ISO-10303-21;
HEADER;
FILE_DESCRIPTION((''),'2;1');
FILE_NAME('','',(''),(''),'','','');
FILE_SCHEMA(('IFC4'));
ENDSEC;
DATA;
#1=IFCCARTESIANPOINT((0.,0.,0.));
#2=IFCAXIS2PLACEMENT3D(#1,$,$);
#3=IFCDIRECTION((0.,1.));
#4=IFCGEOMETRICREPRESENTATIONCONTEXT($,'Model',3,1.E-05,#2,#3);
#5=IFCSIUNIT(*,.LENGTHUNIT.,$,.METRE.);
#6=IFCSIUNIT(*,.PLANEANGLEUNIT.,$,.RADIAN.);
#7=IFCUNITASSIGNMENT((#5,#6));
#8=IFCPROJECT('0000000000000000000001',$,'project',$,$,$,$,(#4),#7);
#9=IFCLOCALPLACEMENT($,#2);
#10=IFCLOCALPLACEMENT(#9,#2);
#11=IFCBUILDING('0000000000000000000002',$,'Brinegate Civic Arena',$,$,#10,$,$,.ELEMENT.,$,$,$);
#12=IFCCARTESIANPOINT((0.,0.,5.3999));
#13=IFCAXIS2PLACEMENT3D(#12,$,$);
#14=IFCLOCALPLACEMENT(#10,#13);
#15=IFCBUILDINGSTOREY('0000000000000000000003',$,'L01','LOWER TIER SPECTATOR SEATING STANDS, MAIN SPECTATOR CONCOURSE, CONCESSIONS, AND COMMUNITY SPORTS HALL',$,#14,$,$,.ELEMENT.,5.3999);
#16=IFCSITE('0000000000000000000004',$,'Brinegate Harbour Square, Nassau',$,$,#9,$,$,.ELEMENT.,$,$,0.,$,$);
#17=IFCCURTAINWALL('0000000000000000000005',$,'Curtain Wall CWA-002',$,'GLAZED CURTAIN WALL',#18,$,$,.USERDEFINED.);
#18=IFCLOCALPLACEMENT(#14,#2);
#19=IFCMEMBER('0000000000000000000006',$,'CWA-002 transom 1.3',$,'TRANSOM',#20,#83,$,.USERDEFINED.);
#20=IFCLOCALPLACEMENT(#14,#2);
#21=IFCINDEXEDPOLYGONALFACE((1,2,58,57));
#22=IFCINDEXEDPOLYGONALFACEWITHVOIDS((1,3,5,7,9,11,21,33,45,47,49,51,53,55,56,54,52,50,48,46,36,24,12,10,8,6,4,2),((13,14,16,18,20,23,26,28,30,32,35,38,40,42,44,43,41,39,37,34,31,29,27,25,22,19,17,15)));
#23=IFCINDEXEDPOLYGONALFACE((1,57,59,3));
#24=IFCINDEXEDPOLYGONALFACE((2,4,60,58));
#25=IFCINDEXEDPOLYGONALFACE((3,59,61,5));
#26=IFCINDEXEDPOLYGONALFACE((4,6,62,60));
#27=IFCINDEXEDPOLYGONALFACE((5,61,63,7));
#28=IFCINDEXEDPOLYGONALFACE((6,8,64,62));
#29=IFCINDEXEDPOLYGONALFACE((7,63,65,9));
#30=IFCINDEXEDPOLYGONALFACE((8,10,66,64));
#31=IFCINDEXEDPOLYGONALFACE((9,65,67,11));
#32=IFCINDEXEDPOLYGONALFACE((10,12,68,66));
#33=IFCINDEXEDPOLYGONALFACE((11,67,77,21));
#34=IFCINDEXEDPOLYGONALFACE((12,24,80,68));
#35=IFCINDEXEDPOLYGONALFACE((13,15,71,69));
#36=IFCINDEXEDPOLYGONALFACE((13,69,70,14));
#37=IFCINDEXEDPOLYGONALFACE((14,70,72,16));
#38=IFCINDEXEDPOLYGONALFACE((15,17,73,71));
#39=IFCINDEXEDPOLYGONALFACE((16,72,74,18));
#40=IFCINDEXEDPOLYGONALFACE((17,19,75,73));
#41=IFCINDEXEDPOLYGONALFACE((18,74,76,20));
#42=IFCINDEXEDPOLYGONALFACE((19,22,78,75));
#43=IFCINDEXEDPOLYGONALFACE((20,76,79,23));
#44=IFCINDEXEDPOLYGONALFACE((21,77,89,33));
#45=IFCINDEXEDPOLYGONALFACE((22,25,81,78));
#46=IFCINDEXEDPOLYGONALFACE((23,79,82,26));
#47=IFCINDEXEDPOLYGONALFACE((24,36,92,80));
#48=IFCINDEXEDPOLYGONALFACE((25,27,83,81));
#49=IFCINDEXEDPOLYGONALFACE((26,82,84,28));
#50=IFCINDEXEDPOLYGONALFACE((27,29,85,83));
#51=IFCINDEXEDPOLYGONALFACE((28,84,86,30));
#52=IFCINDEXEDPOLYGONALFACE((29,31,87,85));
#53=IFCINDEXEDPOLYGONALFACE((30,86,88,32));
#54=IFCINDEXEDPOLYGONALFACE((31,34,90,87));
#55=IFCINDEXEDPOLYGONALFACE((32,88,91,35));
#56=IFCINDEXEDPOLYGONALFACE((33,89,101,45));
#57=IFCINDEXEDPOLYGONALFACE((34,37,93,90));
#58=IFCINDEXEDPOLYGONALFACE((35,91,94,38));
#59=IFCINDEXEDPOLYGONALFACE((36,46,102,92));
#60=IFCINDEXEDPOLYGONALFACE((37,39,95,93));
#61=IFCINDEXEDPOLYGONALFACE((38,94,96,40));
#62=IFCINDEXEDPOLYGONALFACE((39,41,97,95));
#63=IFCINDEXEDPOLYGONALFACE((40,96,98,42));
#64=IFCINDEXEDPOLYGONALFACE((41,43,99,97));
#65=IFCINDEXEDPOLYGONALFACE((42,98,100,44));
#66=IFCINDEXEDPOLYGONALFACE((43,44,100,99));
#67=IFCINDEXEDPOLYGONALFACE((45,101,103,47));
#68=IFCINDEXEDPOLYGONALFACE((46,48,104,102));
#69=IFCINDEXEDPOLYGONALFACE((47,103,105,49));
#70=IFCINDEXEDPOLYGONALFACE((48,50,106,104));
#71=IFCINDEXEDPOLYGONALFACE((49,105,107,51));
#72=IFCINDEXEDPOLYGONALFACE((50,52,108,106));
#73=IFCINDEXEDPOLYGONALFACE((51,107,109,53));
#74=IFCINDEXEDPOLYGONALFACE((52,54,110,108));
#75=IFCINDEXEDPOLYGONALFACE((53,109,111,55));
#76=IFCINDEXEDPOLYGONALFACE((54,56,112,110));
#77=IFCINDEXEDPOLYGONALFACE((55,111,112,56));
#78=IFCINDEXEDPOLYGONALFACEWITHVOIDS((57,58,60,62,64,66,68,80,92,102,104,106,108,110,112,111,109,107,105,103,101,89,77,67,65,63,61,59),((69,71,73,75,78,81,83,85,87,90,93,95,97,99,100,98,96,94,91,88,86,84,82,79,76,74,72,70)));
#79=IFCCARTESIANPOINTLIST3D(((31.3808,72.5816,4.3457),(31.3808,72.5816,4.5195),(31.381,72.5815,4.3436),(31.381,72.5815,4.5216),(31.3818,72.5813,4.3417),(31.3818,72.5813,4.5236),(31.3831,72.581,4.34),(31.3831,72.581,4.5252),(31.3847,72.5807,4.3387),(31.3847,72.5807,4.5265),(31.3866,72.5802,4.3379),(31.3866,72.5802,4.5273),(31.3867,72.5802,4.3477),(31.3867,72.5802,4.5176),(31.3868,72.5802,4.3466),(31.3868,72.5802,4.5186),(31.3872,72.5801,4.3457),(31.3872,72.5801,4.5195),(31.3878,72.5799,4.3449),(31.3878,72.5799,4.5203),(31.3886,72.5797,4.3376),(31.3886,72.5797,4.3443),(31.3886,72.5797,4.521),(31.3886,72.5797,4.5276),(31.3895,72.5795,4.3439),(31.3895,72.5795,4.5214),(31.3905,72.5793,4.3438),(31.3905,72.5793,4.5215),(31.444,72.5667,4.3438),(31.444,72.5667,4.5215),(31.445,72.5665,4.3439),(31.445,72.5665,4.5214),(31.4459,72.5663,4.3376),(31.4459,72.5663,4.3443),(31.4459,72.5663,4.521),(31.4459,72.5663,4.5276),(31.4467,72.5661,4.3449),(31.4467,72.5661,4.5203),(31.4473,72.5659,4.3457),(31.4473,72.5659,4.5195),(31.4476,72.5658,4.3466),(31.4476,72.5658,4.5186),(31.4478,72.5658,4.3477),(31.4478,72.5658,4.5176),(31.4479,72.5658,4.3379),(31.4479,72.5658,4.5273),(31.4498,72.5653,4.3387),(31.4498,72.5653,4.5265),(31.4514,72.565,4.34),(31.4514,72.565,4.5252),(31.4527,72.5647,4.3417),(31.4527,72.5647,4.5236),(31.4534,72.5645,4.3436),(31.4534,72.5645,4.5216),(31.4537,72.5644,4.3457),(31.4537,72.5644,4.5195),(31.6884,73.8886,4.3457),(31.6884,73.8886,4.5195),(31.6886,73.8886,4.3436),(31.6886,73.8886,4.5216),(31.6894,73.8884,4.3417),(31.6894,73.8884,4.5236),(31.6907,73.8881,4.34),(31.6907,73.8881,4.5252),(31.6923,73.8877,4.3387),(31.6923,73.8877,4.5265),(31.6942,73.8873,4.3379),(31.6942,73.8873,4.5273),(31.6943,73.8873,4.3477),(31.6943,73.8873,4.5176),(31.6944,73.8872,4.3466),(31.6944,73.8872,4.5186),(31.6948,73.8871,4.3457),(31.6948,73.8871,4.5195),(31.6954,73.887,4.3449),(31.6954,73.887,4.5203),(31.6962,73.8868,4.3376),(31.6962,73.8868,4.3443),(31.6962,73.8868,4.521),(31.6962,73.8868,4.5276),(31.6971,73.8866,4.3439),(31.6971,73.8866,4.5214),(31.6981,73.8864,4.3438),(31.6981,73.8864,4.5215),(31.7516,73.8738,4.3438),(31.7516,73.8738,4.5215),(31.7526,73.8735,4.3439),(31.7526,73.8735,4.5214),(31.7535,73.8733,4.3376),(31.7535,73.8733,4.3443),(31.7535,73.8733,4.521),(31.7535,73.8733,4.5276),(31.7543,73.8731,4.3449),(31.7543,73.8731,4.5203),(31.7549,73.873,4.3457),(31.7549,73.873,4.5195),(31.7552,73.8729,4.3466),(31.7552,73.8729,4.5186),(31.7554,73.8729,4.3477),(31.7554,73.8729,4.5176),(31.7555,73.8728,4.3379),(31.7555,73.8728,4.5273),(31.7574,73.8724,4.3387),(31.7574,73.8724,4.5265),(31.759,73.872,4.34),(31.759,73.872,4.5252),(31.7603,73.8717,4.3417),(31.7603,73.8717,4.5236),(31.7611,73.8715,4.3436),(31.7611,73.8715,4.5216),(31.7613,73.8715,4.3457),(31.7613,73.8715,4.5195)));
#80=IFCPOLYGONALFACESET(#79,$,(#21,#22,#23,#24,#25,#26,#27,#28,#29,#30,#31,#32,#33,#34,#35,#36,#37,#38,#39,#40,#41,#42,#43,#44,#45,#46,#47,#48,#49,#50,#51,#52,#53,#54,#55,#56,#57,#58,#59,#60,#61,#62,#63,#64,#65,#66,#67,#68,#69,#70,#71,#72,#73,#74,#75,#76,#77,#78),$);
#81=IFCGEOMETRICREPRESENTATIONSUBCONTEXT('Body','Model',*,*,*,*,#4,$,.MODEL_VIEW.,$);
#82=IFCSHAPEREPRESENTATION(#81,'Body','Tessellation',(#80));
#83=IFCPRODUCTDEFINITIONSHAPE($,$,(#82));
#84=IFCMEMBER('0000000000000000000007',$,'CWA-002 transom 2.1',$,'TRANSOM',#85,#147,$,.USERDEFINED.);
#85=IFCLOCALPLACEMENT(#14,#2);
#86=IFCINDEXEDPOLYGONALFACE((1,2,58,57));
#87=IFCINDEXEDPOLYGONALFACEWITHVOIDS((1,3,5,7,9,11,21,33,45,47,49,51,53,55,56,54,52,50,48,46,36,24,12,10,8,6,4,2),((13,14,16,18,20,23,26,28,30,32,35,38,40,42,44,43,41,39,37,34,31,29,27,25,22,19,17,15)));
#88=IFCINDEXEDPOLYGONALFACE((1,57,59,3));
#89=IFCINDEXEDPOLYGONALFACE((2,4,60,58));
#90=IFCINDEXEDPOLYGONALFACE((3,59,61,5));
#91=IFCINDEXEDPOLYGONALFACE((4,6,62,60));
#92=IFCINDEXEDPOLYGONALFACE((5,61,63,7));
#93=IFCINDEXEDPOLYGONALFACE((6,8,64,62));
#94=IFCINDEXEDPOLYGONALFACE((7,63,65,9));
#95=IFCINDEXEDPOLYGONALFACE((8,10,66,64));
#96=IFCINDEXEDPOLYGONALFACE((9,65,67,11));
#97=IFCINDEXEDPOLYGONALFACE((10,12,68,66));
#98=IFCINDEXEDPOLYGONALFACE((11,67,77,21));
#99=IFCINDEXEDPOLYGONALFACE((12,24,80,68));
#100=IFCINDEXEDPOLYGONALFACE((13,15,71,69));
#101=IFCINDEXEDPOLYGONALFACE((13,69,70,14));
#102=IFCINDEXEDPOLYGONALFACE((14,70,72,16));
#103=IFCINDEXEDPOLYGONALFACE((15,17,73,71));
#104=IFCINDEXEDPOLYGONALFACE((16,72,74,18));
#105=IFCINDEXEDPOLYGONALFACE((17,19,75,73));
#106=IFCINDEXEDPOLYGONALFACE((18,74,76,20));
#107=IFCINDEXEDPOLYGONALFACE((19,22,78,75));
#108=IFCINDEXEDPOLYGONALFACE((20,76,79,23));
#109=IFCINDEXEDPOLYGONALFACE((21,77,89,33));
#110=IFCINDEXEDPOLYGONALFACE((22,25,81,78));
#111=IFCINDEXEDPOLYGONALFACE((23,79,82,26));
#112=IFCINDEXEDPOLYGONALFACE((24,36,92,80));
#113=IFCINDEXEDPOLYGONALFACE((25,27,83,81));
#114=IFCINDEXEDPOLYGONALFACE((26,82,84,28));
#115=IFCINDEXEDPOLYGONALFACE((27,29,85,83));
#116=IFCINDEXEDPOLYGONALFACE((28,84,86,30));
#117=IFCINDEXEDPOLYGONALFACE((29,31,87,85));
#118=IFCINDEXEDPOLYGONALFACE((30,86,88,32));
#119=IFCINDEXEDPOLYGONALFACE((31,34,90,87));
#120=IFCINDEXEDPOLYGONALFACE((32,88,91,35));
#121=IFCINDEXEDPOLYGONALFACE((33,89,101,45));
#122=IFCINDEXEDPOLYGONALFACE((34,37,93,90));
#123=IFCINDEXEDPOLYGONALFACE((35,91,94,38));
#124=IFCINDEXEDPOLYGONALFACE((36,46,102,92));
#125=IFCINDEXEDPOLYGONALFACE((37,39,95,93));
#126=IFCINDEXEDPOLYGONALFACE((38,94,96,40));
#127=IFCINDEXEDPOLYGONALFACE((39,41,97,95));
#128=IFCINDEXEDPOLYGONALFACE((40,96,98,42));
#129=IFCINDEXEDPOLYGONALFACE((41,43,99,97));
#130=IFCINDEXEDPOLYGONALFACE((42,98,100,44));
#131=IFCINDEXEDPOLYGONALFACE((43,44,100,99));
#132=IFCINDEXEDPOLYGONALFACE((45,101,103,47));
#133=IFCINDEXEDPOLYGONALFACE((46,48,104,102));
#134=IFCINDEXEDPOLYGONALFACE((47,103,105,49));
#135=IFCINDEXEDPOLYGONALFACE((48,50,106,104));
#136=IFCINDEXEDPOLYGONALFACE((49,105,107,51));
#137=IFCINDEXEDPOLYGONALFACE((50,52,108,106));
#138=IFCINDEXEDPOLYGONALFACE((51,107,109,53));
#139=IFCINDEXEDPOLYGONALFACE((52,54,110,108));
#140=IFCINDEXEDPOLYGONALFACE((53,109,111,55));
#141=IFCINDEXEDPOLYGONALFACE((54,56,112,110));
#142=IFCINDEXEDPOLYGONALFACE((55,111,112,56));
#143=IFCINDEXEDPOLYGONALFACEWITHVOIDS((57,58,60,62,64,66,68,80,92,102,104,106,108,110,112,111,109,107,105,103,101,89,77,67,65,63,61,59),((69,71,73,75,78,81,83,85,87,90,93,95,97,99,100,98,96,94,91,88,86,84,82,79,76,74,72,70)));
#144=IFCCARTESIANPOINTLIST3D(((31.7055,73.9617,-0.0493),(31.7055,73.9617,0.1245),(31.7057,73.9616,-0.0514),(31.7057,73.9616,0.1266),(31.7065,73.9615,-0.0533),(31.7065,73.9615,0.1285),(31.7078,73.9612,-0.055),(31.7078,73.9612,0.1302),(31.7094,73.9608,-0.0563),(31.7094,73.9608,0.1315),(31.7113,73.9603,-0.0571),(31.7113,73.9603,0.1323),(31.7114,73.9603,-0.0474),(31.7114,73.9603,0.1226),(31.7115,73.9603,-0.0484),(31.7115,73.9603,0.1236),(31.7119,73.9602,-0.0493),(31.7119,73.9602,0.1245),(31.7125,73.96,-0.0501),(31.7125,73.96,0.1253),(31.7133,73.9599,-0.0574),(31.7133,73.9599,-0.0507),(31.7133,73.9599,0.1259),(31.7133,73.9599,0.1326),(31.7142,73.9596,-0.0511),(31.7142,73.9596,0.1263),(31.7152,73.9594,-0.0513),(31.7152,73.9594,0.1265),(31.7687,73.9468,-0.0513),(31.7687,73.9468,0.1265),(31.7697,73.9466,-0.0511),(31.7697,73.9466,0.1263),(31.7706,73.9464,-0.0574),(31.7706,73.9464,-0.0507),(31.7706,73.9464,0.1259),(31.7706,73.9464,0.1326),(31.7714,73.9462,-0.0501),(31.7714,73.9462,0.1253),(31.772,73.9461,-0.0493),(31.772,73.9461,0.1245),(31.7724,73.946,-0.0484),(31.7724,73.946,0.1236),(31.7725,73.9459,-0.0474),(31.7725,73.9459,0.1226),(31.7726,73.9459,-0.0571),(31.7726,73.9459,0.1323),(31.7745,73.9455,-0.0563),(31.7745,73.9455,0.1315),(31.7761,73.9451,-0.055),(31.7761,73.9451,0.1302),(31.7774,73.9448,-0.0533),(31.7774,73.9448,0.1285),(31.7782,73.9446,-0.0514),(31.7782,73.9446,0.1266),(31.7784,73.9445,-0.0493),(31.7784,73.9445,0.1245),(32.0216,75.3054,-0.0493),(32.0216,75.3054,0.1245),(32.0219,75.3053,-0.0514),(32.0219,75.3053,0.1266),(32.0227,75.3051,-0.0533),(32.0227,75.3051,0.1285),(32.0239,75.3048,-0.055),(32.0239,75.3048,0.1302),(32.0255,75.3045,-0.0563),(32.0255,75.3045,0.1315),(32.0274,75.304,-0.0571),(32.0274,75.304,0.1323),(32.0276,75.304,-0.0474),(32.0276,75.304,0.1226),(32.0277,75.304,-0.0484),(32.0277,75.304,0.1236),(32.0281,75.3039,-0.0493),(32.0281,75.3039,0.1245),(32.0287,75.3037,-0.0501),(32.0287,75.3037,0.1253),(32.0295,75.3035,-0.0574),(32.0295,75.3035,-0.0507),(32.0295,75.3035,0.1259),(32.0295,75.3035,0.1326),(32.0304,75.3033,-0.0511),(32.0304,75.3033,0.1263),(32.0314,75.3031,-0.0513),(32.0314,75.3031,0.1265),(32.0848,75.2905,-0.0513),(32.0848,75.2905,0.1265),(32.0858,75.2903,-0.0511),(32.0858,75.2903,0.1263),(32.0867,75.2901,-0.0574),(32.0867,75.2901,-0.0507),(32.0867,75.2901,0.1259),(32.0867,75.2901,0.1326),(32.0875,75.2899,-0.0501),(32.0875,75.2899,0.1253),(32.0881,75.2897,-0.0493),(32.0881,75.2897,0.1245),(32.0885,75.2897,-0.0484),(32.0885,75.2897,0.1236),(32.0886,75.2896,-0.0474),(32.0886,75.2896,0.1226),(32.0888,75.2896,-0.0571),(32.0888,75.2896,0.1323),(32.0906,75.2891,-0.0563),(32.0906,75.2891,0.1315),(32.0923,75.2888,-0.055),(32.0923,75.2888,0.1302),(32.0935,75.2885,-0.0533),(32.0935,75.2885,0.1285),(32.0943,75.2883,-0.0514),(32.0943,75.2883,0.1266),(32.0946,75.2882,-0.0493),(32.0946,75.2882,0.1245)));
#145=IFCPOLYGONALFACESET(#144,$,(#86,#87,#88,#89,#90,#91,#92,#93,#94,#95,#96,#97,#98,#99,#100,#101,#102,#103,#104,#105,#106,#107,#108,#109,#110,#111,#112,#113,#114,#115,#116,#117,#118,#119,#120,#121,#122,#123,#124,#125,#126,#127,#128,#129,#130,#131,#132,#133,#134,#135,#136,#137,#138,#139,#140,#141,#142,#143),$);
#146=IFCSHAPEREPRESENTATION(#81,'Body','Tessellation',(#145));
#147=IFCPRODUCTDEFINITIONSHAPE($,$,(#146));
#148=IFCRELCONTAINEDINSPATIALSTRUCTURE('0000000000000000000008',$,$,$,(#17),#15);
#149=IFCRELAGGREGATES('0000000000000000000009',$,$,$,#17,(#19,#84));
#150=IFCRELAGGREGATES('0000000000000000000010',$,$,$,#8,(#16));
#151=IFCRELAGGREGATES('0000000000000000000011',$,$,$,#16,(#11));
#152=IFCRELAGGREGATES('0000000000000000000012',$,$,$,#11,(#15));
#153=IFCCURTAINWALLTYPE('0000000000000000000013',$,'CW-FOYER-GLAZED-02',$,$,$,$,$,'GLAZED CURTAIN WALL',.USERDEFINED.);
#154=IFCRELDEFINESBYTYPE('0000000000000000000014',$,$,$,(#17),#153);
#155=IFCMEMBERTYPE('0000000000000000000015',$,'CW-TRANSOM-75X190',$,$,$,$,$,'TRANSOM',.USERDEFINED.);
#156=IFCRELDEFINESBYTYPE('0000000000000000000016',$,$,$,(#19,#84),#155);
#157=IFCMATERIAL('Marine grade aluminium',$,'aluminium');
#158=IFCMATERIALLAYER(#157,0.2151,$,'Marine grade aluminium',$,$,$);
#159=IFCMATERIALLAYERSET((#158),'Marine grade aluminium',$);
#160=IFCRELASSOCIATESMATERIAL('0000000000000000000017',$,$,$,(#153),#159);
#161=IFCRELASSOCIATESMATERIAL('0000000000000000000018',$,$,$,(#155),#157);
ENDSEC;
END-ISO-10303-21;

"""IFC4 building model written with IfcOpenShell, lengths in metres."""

from ifc_helpers import new_model, si_unit, direction, frame, origin, origin_2d, place, context, subcontext, project, spatial, hollow_rectangle, extrude, material, layer, layer_set, material_profile, profile_set, type_object, element, aggregate, save


model = new_model("IFC4")

# Units and contexts
model_context = context("Model", 3, precision=1e-05, world=origin(), true_north=direction((0.0, 1.0)))
body_context = subcontext(model_context, "Body", "Model", "MODEL_VIEW")
ifc_project = project(units=[si_unit("LENGTHUNIT", "METRE"), si_unit("PLANEANGLEUNIT", "RADIAN")], contexts=[model_context])

# Site, building, storey
site_placement = place(None, origin())
site = spatial("IfcSite", under=ifc_project, at=site_placement, Name="Brinegate Harbour Square, Nassau", CompositionType="ELEMENT", RefElevation=0.0)
building_placement = place(site_placement, origin())
building = spatial("IfcBuilding", under=site, at=building_placement, Name="Brinegate Civic Arena", CompositionType="ELEMENT")
storey_placement = place(building_placement, frame((0.0, 0.0, 5.3999)))
storey = spatial("IfcBuildingStorey", under=building, at=storey_placement, Name="L01", Description="LOWER TIER SPECTATOR SEATING STANDS, MAIN SPECTATOR CONCOURSE, CONCESSIONS, AND COMMUNITY SPORTS HALL", CompositionType="ELEMENT", Elevation=5.3999)

# Curtain wall, members
ifc_material_1 = material(Name="Marine grade aluminium", Category="aluminium")
ifc_layer_1 = layer(ifc_material_1, 0.2151, Name="Marine grade aluminium")
ifc_layer_set_1 = layer_set([ifc_layer_1], Name="Marine grade aluminium")
curtain_wall_type = type_object("IfcCurtainWallType", Name="CW-FOYER-GLAZED-02", ElementType="GLAZED CURTAIN WALL", PredefinedType="USERDEFINED", material=ifc_layer_set_1)
curtain_wall_placement = place(storey_placement, origin())
curtain_wall = element("IfcCurtainWall", 1, at=curtain_wall_placement, inside=storey, type_object=curtain_wall_type, Name="Curtain Wall CWA-002", ObjectType="GLAZED CURTAIN WALL", PredefinedType="USERDEFINED")
ifc_material_profile_1 = material_profile(ifc_material_1, hollow_rectangle(XDim=0.075, YDim=0.1899, WallThickness=0.0061, InnerFilletRadius=0.0039, OuterFilletRadius=0.0081, at=origin_2d()), Name="TRN75X190")
ifc_profile_set_1 = profile_set([ifc_material_profile_1], Name="Marine grade aluminium")
member_type_1 = type_object("IfcMemberType", Name="CW-TRANSOM-75X190", ElementType="TRANSOM", PredefinedType="USERDEFINED", material=ifc_profile_set_1)
member_1_placement = place(storey_placement, frame((31.4172, 72.573, 4.4326), z_axis=(0.22908, 0.973408, 0.0), x_axis=(-0.973408, 0.22908, 0.0)))
member_1 = element("IfcMember", 2, at=member_1_placement, type_object=member_type_1, Name="CWA-002 transom 1.3", ObjectType="TRANSOM", PredefinedType="USERDEFINED", context=body_context, shape_type="SweptSolid", body=[
    extrude(hollow_rectangle(XDim=0.075, YDim=0.1899, WallThickness=0.0061, InnerFilletRadius=0.0039, OuterFilletRadius=0.0081, at=origin_2d()), origin(), (0.0, 0.0, 1.0), 1.3428),
])
member_2_placement = place(storey_placement, frame((31.7419, 73.9531, 0.0376), z_axis=(0.229029, 0.973419, 0.0), x_axis=(-0.973419, 0.229029, 0.0)))
member_2 = element("IfcMember", 3, at=member_2_placement, type_object=member_type_1, Name="CWA-002 transom 2.1", ObjectType="TRANSOM", PredefinedType="USERDEFINED", context=body_context, shape_type="SweptSolid", body=[
    extrude(hollow_rectangle(XDim=0.075, YDim=0.1899, WallThickness=0.0061, InnerFilletRadius=0.0039, OuterFilletRadius=0.0081, at=origin_2d()), origin(), (0.0, 0.0, 1.0), 1.3804),
])
aggregate(curtain_wall, [member_1, member_2])

save(model, "model.ifc")
